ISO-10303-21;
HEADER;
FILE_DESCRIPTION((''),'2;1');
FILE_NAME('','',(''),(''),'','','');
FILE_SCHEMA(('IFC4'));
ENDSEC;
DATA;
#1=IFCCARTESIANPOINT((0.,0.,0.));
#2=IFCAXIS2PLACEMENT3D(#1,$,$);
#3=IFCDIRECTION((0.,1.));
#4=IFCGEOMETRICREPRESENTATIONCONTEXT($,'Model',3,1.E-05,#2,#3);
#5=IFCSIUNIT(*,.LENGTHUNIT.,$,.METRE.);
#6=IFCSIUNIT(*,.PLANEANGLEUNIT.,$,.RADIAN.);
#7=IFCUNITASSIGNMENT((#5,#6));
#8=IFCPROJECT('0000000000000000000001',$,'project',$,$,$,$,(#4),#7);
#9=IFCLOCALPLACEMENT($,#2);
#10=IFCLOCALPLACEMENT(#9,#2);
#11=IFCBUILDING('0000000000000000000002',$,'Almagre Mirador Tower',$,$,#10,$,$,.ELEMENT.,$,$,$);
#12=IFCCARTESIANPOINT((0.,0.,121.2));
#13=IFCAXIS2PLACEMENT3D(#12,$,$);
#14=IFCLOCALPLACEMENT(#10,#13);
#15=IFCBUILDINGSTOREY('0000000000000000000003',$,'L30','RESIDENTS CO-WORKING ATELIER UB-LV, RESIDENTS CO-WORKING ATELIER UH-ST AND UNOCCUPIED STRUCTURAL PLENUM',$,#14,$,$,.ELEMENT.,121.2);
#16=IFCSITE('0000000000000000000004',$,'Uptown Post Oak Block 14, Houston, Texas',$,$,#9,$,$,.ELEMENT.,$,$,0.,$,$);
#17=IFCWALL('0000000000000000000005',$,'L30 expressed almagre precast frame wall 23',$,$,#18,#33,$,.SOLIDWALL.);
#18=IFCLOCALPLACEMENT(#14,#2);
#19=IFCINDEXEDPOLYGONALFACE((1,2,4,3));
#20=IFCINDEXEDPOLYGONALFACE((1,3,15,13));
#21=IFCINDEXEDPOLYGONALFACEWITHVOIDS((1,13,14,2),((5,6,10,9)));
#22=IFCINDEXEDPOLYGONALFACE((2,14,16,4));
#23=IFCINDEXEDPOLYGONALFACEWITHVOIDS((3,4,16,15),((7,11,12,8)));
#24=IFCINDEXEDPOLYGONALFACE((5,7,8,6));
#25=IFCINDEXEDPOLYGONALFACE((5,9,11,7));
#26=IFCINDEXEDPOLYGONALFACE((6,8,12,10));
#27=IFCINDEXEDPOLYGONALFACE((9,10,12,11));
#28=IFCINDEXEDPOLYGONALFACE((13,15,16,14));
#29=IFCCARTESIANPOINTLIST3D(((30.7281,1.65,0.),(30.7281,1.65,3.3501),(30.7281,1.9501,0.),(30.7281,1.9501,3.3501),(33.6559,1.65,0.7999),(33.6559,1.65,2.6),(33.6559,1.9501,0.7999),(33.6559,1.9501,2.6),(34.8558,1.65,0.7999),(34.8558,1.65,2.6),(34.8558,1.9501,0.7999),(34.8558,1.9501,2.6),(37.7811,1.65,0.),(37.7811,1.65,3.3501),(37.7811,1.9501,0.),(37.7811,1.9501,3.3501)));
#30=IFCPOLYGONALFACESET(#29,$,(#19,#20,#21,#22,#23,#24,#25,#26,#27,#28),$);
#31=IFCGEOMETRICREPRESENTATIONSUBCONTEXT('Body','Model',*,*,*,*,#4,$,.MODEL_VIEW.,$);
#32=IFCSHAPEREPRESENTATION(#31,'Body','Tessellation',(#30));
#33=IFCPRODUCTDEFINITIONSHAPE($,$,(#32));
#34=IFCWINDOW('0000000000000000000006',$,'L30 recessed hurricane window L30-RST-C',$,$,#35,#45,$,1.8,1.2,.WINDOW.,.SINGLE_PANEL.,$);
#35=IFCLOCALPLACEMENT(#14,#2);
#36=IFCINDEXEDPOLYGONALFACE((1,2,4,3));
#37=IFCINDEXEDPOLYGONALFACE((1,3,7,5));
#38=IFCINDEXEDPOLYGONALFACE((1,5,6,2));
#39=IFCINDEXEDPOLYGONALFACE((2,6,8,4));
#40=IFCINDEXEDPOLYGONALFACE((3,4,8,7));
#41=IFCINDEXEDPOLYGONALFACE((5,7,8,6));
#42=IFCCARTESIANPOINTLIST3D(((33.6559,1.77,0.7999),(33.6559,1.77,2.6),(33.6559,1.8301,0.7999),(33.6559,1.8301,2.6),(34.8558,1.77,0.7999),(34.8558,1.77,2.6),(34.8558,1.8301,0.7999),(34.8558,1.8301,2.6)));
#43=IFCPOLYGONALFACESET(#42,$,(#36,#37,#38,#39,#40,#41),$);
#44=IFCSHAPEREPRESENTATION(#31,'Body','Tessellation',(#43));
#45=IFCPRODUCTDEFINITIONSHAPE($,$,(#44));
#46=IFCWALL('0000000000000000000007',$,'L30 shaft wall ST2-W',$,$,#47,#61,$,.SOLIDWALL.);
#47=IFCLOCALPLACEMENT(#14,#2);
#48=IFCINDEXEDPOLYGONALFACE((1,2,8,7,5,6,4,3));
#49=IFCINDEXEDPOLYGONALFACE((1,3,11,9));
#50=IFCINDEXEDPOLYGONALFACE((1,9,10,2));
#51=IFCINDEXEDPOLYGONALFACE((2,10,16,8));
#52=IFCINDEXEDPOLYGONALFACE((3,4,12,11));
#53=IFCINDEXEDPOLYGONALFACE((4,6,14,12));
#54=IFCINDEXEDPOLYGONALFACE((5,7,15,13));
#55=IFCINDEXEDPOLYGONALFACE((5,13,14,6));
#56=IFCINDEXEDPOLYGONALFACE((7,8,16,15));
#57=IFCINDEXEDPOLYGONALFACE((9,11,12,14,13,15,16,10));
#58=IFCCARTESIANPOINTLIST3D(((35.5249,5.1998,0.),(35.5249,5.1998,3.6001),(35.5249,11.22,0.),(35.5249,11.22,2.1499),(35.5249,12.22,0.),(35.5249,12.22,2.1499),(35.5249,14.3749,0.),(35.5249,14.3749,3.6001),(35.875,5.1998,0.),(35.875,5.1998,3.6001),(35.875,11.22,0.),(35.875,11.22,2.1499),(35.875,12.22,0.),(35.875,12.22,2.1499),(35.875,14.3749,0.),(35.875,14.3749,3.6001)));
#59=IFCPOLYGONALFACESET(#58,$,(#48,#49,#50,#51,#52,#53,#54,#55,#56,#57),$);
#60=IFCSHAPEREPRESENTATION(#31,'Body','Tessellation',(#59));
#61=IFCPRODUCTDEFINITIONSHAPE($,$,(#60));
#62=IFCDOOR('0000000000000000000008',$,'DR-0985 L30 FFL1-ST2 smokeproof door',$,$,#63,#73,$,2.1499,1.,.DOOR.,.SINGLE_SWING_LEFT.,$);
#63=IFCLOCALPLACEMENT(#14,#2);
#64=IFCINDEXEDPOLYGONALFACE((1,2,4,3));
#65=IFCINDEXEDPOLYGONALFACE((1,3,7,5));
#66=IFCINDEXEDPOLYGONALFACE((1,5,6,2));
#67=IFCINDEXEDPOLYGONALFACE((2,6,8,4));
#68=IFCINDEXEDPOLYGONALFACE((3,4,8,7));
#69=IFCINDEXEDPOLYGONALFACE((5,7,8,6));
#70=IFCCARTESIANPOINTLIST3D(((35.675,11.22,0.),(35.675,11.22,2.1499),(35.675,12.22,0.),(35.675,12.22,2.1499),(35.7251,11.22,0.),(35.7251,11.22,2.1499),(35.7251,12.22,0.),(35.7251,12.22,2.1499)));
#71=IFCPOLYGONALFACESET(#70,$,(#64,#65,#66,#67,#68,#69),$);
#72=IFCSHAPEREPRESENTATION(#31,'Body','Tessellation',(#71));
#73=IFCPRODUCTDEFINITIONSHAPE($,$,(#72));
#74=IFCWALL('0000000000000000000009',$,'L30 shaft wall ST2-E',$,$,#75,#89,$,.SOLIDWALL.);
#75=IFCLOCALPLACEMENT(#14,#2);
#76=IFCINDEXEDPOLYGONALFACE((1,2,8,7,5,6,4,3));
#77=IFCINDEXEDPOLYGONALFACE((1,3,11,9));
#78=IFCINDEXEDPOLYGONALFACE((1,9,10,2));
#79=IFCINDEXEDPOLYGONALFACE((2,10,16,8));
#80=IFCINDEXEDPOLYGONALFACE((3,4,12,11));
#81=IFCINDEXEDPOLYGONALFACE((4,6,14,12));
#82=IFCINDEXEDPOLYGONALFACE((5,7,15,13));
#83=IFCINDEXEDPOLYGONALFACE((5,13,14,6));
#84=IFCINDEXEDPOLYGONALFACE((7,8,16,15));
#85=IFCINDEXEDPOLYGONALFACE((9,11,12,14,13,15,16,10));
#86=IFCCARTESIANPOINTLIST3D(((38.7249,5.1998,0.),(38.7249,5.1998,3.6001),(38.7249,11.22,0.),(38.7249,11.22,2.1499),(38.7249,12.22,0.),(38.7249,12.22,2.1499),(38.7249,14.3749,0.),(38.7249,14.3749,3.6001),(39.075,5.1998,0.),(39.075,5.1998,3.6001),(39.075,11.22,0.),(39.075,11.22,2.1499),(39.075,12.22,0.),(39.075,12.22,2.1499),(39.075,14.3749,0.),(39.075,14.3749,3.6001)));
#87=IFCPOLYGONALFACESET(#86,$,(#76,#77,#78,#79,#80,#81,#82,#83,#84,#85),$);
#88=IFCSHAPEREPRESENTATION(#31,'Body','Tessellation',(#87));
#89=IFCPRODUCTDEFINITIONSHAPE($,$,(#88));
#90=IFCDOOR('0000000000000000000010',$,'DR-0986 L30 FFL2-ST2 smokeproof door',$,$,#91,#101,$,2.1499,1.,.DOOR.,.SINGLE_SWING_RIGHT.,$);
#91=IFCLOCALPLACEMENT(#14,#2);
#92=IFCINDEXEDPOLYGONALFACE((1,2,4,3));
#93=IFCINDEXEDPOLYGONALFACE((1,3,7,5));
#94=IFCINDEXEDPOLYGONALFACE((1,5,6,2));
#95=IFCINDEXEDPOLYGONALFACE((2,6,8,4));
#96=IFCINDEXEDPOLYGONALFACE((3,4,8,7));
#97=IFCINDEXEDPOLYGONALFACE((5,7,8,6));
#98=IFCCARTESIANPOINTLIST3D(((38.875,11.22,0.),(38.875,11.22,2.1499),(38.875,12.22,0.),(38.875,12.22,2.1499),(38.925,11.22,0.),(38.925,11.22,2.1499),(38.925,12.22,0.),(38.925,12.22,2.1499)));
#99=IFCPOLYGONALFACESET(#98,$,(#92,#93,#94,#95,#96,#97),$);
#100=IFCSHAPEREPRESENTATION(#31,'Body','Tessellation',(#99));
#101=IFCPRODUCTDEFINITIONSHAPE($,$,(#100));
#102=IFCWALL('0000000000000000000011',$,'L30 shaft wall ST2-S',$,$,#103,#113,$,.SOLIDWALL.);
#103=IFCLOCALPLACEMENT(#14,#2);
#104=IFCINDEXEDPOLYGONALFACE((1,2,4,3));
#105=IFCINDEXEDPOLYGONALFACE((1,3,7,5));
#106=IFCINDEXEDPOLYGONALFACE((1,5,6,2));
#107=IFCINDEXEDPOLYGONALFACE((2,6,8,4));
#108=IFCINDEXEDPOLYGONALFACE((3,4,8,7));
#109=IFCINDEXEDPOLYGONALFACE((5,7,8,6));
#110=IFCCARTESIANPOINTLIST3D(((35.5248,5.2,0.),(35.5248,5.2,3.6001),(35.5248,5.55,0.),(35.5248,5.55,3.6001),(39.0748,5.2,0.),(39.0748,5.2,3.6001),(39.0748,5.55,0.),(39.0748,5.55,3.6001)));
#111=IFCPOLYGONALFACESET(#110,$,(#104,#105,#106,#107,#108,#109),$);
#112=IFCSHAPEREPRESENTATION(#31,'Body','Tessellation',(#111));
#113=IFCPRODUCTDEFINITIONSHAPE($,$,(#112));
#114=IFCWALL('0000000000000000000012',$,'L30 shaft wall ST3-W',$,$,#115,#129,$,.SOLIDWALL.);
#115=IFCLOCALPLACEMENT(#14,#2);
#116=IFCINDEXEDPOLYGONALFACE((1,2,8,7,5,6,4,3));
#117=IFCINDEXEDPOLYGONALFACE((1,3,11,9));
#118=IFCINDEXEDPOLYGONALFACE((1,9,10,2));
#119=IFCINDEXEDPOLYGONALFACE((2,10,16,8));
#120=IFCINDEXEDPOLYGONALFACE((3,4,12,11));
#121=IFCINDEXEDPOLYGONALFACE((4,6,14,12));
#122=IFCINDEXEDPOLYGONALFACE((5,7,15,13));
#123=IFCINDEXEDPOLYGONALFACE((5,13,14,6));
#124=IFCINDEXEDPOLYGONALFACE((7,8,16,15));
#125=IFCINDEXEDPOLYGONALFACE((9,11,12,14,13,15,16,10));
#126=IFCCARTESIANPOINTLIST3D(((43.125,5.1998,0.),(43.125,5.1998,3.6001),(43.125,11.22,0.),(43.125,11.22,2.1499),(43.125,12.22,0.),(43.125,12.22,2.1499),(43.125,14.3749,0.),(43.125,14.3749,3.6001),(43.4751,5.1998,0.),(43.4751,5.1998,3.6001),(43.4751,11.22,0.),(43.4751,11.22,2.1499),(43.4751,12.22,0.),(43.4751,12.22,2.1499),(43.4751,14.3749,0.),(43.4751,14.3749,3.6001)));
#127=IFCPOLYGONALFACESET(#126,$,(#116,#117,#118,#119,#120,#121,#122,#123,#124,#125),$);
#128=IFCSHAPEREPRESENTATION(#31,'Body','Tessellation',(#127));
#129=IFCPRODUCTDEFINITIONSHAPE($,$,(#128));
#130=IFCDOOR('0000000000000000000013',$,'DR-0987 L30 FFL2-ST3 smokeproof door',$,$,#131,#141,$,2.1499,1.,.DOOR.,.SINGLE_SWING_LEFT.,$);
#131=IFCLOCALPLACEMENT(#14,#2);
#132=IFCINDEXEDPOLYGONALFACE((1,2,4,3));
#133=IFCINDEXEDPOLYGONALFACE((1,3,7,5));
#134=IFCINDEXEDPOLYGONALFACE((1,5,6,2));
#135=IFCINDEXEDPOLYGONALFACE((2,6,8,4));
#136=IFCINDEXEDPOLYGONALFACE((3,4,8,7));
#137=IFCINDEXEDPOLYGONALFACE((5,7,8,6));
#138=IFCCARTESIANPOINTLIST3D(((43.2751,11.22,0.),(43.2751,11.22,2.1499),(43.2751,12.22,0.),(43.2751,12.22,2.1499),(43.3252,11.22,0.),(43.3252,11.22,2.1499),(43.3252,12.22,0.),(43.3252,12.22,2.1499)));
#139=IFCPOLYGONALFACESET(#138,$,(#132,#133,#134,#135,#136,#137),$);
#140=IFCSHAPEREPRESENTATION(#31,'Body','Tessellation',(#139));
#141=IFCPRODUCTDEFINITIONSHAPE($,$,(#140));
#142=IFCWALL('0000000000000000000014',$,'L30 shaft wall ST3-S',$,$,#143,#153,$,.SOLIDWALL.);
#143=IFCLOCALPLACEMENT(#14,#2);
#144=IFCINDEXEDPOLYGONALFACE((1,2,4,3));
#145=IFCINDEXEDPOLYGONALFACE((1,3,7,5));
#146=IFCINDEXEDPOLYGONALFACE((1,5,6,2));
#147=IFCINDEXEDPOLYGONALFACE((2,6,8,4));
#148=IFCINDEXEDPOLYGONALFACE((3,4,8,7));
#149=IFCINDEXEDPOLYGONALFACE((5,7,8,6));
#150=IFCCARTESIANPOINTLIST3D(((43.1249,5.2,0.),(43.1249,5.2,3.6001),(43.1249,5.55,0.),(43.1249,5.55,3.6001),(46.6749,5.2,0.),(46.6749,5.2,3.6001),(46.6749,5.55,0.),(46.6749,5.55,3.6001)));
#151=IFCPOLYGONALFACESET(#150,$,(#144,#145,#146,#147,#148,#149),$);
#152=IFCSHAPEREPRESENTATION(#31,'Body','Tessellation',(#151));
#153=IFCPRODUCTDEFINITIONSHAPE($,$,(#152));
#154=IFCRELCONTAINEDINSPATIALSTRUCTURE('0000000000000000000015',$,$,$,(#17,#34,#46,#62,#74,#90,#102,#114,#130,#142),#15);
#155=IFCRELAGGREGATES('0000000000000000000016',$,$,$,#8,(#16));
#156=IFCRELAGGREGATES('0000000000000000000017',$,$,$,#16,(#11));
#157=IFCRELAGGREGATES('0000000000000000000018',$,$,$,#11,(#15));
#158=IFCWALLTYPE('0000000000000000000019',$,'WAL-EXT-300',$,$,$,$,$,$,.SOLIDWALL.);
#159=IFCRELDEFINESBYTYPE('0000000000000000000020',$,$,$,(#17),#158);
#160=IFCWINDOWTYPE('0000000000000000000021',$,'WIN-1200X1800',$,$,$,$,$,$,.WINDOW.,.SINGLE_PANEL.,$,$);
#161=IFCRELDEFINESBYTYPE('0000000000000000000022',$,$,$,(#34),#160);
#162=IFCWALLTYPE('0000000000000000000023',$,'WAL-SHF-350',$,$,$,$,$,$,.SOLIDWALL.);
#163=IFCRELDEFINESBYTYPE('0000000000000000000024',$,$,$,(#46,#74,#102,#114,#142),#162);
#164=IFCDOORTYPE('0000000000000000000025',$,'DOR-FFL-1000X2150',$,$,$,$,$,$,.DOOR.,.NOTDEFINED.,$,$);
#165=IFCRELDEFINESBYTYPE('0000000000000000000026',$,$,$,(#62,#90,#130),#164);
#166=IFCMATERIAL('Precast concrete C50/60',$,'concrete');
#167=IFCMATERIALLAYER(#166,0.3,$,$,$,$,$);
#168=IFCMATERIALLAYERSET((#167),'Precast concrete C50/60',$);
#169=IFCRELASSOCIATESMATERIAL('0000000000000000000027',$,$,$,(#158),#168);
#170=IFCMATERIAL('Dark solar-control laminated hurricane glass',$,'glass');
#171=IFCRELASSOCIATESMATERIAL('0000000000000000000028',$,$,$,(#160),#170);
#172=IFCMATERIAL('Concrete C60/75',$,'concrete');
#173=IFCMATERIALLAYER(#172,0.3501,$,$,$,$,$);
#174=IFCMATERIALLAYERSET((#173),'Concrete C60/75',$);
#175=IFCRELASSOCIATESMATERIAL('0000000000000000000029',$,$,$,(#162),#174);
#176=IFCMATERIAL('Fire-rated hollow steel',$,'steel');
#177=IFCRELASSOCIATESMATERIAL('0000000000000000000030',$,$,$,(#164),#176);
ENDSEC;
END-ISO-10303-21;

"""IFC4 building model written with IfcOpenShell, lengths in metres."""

from ifc_helpers import new_model, si_unit, direction, frame, frame_2d, origin, place, context, subcontext, project, spatial, rectangle, extrude, material, layer, layer_set, type_object, element, fill, save


model = new_model("IFC4")

# Units and contexts
model_context = context("Model", 3, precision=1e-05, world=origin(), true_north=direction((0.0, 1.0)))
body_context = subcontext(model_context, "Body", "Model", "MODEL_VIEW")
ifc_project = project(units=[si_unit("LENGTHUNIT", "METRE"), si_unit("PLANEANGLEUNIT", "RADIAN")], contexts=[model_context])

# Site, building, storey
site_placement = place(None, origin())
site = spatial("IfcSite", under=ifc_project, at=site_placement, Name="Uptown Post Oak Block 14, Houston, Texas", CompositionType="ELEMENT", RefElevation=0.0)
building_placement = place(site_placement, origin())
building = spatial("IfcBuilding", under=site, at=building_placement, Name="Almagre Mirador Tower", CompositionType="ELEMENT")
storey_placement = place(building_placement, frame((0.0, 0.0, 121.2)))
storey = spatial("IfcBuildingStorey", under=building, at=storey_placement, Name="L30", Description="RESIDENTS CO-WORKING ATELIER UB-LV, RESIDENTS CO-WORKING ATELIER UH-ST AND UNOCCUPIED STRUCTURAL PLENUM", CompositionType="ELEMENT", Elevation=121.2)

# Wall, opening, window
ifc_material_1 = material(Name="Precast concrete C50/60", Category="concrete")
ifc_layer_1 = layer(ifc_material_1, 0.3)
ifc_layer_set_1 = layer_set([ifc_layer_1], Name="Precast concrete C50/60")
wall_type_1 = type_object("IfcWallType", Name="WAL-EXT-300", PredefinedType="SOLIDWALL", material=ifc_layer_set_1)
wall_1_placement = place(storey_placement, frame((37.781, 1.8, 0.0), z_axis=(0.0, 0.0, 1.0), x_axis=(-1.0, 0.0, 0.0)))
wall_1 = element("IfcWall", 1, at=wall_1_placement, inside=storey, type_object=wall_type_1, Name="L30 expressed almagre precast frame wall 23", PredefinedType="SOLIDWALL", context=body_context, shape_type="SweptSolid", body=[
    extrude(rectangle(XDim=7.053, YDim=0.3, at=frame_2d((3.5264, 0.0))), origin(), (0.0, 0.0, 1.0), 3.3501),
])
opening_1_placement = place(wall_1_placement, frame((2.925, 0.0, 0.8)))
opening_1 = element("IfcOpeningElement", 2, at=opening_1_placement, cuts=wall_1, PredefinedType="OPENING", context=body_context, shape_type="SweptSolid", body=[
    extrude(rectangle(XDim=1.2, YDim=1.8, at=frame_2d((0.6001, 0.8999))), frame((0.0, 0.1599, 0.0), z_axis=(0.0, -1.0, 0.0), x_axis=(1.0, 0.0, 0.0)), (0.0, 0.0, 1.0), 0.32),
])
ifc_material_2 = material(Name="Dark solar-control laminated hurricane glass", Category="glass")
window_type_1 = type_object("IfcWindowType", Name="WIN-1200X1800", PartitioningType="SINGLE_PANEL", PredefinedType="WINDOW", material=ifc_material_2)
window_1_placement = place(opening_1_placement, origin())
window_1 = element("IfcWindow", 3, at=window_1_placement, inside=storey, type_object=window_type_1, Name="L30 recessed hurricane window L30-RST-C", OverallHeight=1.8, OverallWidth=1.2, PartitioningType="SINGLE_PANEL", PredefinedType="WINDOW", context=body_context, shape_type="SweptSolid", body=[
    extrude(rectangle(XDim=1.2, YDim=1.8, at=frame_2d((0.6001, 0.8999))), frame((0.0, 0.03, 0.0), z_axis=(0.0, -1.0, 0.0), x_axis=(1.0, 0.0, 0.0)), (0.0, 0.0, 1.0), 0.0601),
])
fill(opening_1, window_1)

# Walls, openings, doors
ifc_material_3 = material(Name="Concrete C60/75", Category="concrete")
ifc_layer_2 = layer(ifc_material_3, 0.3501)
ifc_layer_set_2 = layer_set([ifc_layer_2], Name="Concrete C60/75")
wall_type_2 = type_object("IfcWallType", Name="WAL-SHF-350", PredefinedType="SOLIDWALL", material=ifc_layer_set_2)
wall_2_placement = place(storey_placement, frame((35.7, 5.2, 0.0), z_axis=(0.0, 0.0, 1.0), x_axis=(0.0, 1.0, 0.0)))
wall_2 = element("IfcWall", 4, at=wall_2_placement, inside=storey, type_object=wall_type_2, Name="L30 shaft wall ST2-W", PredefinedType="SOLIDWALL", context=body_context, shape_type="SweptSolid", body=[
    extrude(rectangle(XDim=9.175, YDim=0.3501, at=frame_2d((4.5874, 0.0))), origin(), (0.0, 0.0, 1.0), 3.6001),
])
opening_2_placement = place(wall_2_placement, frame((6.02, 0.0, 0.0)))
opening_2 = element("IfcOpeningElement", 5, at=opening_2_placement, cuts=wall_2, PredefinedType="OPENING", context=body_context, shape_type="SweptSolid", body=[
    extrude(rectangle(XDim=1.0, YDim=2.1499, at=frame_2d((0.5, 1.075))), frame((0.0, 0.185, 0.0), z_axis=(0.0, -1.0, 0.0), x_axis=(1.0, 0.0, 0.0)), (0.0, 0.0, 1.0), 0.3701),
])
ifc_material_4 = material(Name="Fire-rated hollow steel", Category="steel")
door_type_1 = type_object("IfcDoorType", Name="DOR-FFL-1000X2150", OperationType="NOTDEFINED", PredefinedType="DOOR", material=ifc_material_4)
door_1_placement = place(opening_2_placement, origin())
door_1 = element("IfcDoor", 6, at=door_1_placement, inside=storey, type_object=door_type_1, Name="DR-0985 L30 FFL1-ST2 smokeproof door", OperationType="SINGLE_SWING_LEFT", OverallHeight=2.1499, OverallWidth=1.0, PredefinedType="DOOR", context=body_context, shape_type="SweptSolid", body=[
    extrude(rectangle(XDim=1.0, YDim=2.1499, at=frame_2d((0.5, 1.075))), frame((0.0, 0.0249, 0.0), z_axis=(0.0, -1.0, 0.0), x_axis=(1.0, 0.0, 0.0)), (0.0, 0.0, 1.0), 0.05),
])
fill(opening_2, door_1)
wall_3_placement = place(storey_placement, frame((38.8999, 5.2, 0.0), z_axis=(0.0, 0.0, 1.0), x_axis=(0.0, 1.0, 0.0)))
wall_3 = element("IfcWall", 7, at=wall_3_placement, inside=storey, type_object=wall_type_2, Name="L30 shaft wall ST2-E", PredefinedType="SOLIDWALL", context=body_context, shape_type="SweptSolid", body=[
    extrude(rectangle(XDim=9.175, YDim=0.3501, at=frame_2d((4.5874, 0.0))), origin(), (0.0, 0.0, 1.0), 3.6001),
])
opening_3_placement = place(wall_3_placement, frame((6.02, 0.0, 0.0)))
opening_3 = element("IfcOpeningElement", 8, at=opening_3_placement, cuts=wall_3, PredefinedType="OPENING", context=body_context, shape_type="SweptSolid", body=[
    extrude(rectangle(XDim=1.0, YDim=2.1499, at=frame_2d((0.5, 1.075))), frame((0.0, 0.185, 0.0), z_axis=(0.0, -1.0, 0.0), x_axis=(1.0, 0.0, 0.0)), (0.0, 0.0, 1.0), 0.3701),
])
door_2_placement = place(opening_3_placement, origin())
door_2 = element("IfcDoor", 9, at=door_2_placement, inside=storey, type_object=door_type_1, Name="DR-0986 L30 FFL2-ST2 smokeproof door", OperationType="SINGLE_SWING_RIGHT", OverallHeight=2.1499, OverallWidth=1.0, PredefinedType="DOOR", context=body_context, shape_type="SweptSolid", body=[
    extrude(rectangle(XDim=1.0, YDim=2.1499, at=frame_2d((0.5, 1.075))), frame((0.0, 0.0249, 0.0), z_axis=(0.0, -1.0, 0.0), x_axis=(1.0, 0.0, 0.0)), (0.0, 0.0, 1.0), 0.05),
])
fill(opening_3, door_2)

# Wall
wall_4_placement = place(storey_placement, frame((35.5249, 5.375, 0.0), z_axis=(0.0, 0.0, 1.0), x_axis=(1.0, 0.0, 0.0)))
element("IfcWall", 10, at=wall_4_placement, inside=storey, type_object=wall_type_2, Name="L30 shaft wall ST2-S", PredefinedType="SOLIDWALL", context=body_context, shape_type="SweptSolid", body=[
    extrude(rectangle(XDim=3.55, YDim=0.3501, at=frame_2d((1.7749, 0.0))), origin(), (0.0, 0.0, 1.0), 3.6001),
])

# Wall, opening, door
wall_5_placement = place(storey_placement, frame((43.3, 5.2, 0.0), z_axis=(0.0, 0.0, 1.0), x_axis=(0.0, 1.0, 0.0)))
wall_5 = element("IfcWall", 11, at=wall_5_placement, inside=storey, type_object=wall_type_2, Name="L30 shaft wall ST3-W", PredefinedType="SOLIDWALL", context=body_context, shape_type="SweptSolid", body=[
    extrude(rectangle(XDim=9.175, YDim=0.3501, at=frame_2d((4.5874, 0.0))), origin(), (0.0, 0.0, 1.0), 3.6001),
])
opening_4_placement = place(wall_5_placement, frame((6.02, 0.0, 0.0)))
opening_4 = element("IfcOpeningElement", 12, at=opening_4_placement, cuts=wall_5, PredefinedType="OPENING", context=body_context, shape_type="SweptSolid", body=[
    extrude(rectangle(XDim=1.0, YDim=2.1499, at=frame_2d((0.5, 1.075))), frame((0.0, 0.185, 0.0), z_axis=(0.0, -1.0, 0.0), x_axis=(1.0, 0.0, 0.0)), (0.0, 0.0, 1.0), 0.3701),
])
door_3_placement = place(opening_4_placement, origin())
door_3 = element("IfcDoor", 13, at=door_3_placement, inside=storey, type_object=door_type_1, Name="DR-0987 L30 FFL2-ST3 smokeproof door", OperationType="SINGLE_SWING_LEFT", OverallHeight=2.1499, OverallWidth=1.0, PredefinedType="DOOR", context=body_context, shape_type="SweptSolid", body=[
    extrude(rectangle(XDim=1.0, YDim=2.1499, at=frame_2d((0.5, 1.075))), frame((0.0, 0.0249, 0.0), z_axis=(0.0, -1.0, 0.0), x_axis=(1.0, 0.0, 0.0)), (0.0, 0.0, 1.0), 0.05),
])
fill(opening_4, door_3)

# Wall
wall_6_placement = place(storey_placement, frame((43.125, 5.375, 0.0), z_axis=(0.0, 0.0, 1.0), x_axis=(1.0, 0.0, 0.0)))
element("IfcWall", 14, at=wall_6_placement, inside=storey, type_object=wall_type_2, Name="L30 shaft wall ST3-S", PredefinedType="SOLIDWALL", context=body_context, shape_type="SweptSolid", body=[
    extrude(rectangle(XDim=3.55, YDim=0.3501, at=frame_2d((1.7749, 0.0))), origin(), (0.0, 0.0, 1.0), 3.6001),
])

save(model, "model.ifc")
